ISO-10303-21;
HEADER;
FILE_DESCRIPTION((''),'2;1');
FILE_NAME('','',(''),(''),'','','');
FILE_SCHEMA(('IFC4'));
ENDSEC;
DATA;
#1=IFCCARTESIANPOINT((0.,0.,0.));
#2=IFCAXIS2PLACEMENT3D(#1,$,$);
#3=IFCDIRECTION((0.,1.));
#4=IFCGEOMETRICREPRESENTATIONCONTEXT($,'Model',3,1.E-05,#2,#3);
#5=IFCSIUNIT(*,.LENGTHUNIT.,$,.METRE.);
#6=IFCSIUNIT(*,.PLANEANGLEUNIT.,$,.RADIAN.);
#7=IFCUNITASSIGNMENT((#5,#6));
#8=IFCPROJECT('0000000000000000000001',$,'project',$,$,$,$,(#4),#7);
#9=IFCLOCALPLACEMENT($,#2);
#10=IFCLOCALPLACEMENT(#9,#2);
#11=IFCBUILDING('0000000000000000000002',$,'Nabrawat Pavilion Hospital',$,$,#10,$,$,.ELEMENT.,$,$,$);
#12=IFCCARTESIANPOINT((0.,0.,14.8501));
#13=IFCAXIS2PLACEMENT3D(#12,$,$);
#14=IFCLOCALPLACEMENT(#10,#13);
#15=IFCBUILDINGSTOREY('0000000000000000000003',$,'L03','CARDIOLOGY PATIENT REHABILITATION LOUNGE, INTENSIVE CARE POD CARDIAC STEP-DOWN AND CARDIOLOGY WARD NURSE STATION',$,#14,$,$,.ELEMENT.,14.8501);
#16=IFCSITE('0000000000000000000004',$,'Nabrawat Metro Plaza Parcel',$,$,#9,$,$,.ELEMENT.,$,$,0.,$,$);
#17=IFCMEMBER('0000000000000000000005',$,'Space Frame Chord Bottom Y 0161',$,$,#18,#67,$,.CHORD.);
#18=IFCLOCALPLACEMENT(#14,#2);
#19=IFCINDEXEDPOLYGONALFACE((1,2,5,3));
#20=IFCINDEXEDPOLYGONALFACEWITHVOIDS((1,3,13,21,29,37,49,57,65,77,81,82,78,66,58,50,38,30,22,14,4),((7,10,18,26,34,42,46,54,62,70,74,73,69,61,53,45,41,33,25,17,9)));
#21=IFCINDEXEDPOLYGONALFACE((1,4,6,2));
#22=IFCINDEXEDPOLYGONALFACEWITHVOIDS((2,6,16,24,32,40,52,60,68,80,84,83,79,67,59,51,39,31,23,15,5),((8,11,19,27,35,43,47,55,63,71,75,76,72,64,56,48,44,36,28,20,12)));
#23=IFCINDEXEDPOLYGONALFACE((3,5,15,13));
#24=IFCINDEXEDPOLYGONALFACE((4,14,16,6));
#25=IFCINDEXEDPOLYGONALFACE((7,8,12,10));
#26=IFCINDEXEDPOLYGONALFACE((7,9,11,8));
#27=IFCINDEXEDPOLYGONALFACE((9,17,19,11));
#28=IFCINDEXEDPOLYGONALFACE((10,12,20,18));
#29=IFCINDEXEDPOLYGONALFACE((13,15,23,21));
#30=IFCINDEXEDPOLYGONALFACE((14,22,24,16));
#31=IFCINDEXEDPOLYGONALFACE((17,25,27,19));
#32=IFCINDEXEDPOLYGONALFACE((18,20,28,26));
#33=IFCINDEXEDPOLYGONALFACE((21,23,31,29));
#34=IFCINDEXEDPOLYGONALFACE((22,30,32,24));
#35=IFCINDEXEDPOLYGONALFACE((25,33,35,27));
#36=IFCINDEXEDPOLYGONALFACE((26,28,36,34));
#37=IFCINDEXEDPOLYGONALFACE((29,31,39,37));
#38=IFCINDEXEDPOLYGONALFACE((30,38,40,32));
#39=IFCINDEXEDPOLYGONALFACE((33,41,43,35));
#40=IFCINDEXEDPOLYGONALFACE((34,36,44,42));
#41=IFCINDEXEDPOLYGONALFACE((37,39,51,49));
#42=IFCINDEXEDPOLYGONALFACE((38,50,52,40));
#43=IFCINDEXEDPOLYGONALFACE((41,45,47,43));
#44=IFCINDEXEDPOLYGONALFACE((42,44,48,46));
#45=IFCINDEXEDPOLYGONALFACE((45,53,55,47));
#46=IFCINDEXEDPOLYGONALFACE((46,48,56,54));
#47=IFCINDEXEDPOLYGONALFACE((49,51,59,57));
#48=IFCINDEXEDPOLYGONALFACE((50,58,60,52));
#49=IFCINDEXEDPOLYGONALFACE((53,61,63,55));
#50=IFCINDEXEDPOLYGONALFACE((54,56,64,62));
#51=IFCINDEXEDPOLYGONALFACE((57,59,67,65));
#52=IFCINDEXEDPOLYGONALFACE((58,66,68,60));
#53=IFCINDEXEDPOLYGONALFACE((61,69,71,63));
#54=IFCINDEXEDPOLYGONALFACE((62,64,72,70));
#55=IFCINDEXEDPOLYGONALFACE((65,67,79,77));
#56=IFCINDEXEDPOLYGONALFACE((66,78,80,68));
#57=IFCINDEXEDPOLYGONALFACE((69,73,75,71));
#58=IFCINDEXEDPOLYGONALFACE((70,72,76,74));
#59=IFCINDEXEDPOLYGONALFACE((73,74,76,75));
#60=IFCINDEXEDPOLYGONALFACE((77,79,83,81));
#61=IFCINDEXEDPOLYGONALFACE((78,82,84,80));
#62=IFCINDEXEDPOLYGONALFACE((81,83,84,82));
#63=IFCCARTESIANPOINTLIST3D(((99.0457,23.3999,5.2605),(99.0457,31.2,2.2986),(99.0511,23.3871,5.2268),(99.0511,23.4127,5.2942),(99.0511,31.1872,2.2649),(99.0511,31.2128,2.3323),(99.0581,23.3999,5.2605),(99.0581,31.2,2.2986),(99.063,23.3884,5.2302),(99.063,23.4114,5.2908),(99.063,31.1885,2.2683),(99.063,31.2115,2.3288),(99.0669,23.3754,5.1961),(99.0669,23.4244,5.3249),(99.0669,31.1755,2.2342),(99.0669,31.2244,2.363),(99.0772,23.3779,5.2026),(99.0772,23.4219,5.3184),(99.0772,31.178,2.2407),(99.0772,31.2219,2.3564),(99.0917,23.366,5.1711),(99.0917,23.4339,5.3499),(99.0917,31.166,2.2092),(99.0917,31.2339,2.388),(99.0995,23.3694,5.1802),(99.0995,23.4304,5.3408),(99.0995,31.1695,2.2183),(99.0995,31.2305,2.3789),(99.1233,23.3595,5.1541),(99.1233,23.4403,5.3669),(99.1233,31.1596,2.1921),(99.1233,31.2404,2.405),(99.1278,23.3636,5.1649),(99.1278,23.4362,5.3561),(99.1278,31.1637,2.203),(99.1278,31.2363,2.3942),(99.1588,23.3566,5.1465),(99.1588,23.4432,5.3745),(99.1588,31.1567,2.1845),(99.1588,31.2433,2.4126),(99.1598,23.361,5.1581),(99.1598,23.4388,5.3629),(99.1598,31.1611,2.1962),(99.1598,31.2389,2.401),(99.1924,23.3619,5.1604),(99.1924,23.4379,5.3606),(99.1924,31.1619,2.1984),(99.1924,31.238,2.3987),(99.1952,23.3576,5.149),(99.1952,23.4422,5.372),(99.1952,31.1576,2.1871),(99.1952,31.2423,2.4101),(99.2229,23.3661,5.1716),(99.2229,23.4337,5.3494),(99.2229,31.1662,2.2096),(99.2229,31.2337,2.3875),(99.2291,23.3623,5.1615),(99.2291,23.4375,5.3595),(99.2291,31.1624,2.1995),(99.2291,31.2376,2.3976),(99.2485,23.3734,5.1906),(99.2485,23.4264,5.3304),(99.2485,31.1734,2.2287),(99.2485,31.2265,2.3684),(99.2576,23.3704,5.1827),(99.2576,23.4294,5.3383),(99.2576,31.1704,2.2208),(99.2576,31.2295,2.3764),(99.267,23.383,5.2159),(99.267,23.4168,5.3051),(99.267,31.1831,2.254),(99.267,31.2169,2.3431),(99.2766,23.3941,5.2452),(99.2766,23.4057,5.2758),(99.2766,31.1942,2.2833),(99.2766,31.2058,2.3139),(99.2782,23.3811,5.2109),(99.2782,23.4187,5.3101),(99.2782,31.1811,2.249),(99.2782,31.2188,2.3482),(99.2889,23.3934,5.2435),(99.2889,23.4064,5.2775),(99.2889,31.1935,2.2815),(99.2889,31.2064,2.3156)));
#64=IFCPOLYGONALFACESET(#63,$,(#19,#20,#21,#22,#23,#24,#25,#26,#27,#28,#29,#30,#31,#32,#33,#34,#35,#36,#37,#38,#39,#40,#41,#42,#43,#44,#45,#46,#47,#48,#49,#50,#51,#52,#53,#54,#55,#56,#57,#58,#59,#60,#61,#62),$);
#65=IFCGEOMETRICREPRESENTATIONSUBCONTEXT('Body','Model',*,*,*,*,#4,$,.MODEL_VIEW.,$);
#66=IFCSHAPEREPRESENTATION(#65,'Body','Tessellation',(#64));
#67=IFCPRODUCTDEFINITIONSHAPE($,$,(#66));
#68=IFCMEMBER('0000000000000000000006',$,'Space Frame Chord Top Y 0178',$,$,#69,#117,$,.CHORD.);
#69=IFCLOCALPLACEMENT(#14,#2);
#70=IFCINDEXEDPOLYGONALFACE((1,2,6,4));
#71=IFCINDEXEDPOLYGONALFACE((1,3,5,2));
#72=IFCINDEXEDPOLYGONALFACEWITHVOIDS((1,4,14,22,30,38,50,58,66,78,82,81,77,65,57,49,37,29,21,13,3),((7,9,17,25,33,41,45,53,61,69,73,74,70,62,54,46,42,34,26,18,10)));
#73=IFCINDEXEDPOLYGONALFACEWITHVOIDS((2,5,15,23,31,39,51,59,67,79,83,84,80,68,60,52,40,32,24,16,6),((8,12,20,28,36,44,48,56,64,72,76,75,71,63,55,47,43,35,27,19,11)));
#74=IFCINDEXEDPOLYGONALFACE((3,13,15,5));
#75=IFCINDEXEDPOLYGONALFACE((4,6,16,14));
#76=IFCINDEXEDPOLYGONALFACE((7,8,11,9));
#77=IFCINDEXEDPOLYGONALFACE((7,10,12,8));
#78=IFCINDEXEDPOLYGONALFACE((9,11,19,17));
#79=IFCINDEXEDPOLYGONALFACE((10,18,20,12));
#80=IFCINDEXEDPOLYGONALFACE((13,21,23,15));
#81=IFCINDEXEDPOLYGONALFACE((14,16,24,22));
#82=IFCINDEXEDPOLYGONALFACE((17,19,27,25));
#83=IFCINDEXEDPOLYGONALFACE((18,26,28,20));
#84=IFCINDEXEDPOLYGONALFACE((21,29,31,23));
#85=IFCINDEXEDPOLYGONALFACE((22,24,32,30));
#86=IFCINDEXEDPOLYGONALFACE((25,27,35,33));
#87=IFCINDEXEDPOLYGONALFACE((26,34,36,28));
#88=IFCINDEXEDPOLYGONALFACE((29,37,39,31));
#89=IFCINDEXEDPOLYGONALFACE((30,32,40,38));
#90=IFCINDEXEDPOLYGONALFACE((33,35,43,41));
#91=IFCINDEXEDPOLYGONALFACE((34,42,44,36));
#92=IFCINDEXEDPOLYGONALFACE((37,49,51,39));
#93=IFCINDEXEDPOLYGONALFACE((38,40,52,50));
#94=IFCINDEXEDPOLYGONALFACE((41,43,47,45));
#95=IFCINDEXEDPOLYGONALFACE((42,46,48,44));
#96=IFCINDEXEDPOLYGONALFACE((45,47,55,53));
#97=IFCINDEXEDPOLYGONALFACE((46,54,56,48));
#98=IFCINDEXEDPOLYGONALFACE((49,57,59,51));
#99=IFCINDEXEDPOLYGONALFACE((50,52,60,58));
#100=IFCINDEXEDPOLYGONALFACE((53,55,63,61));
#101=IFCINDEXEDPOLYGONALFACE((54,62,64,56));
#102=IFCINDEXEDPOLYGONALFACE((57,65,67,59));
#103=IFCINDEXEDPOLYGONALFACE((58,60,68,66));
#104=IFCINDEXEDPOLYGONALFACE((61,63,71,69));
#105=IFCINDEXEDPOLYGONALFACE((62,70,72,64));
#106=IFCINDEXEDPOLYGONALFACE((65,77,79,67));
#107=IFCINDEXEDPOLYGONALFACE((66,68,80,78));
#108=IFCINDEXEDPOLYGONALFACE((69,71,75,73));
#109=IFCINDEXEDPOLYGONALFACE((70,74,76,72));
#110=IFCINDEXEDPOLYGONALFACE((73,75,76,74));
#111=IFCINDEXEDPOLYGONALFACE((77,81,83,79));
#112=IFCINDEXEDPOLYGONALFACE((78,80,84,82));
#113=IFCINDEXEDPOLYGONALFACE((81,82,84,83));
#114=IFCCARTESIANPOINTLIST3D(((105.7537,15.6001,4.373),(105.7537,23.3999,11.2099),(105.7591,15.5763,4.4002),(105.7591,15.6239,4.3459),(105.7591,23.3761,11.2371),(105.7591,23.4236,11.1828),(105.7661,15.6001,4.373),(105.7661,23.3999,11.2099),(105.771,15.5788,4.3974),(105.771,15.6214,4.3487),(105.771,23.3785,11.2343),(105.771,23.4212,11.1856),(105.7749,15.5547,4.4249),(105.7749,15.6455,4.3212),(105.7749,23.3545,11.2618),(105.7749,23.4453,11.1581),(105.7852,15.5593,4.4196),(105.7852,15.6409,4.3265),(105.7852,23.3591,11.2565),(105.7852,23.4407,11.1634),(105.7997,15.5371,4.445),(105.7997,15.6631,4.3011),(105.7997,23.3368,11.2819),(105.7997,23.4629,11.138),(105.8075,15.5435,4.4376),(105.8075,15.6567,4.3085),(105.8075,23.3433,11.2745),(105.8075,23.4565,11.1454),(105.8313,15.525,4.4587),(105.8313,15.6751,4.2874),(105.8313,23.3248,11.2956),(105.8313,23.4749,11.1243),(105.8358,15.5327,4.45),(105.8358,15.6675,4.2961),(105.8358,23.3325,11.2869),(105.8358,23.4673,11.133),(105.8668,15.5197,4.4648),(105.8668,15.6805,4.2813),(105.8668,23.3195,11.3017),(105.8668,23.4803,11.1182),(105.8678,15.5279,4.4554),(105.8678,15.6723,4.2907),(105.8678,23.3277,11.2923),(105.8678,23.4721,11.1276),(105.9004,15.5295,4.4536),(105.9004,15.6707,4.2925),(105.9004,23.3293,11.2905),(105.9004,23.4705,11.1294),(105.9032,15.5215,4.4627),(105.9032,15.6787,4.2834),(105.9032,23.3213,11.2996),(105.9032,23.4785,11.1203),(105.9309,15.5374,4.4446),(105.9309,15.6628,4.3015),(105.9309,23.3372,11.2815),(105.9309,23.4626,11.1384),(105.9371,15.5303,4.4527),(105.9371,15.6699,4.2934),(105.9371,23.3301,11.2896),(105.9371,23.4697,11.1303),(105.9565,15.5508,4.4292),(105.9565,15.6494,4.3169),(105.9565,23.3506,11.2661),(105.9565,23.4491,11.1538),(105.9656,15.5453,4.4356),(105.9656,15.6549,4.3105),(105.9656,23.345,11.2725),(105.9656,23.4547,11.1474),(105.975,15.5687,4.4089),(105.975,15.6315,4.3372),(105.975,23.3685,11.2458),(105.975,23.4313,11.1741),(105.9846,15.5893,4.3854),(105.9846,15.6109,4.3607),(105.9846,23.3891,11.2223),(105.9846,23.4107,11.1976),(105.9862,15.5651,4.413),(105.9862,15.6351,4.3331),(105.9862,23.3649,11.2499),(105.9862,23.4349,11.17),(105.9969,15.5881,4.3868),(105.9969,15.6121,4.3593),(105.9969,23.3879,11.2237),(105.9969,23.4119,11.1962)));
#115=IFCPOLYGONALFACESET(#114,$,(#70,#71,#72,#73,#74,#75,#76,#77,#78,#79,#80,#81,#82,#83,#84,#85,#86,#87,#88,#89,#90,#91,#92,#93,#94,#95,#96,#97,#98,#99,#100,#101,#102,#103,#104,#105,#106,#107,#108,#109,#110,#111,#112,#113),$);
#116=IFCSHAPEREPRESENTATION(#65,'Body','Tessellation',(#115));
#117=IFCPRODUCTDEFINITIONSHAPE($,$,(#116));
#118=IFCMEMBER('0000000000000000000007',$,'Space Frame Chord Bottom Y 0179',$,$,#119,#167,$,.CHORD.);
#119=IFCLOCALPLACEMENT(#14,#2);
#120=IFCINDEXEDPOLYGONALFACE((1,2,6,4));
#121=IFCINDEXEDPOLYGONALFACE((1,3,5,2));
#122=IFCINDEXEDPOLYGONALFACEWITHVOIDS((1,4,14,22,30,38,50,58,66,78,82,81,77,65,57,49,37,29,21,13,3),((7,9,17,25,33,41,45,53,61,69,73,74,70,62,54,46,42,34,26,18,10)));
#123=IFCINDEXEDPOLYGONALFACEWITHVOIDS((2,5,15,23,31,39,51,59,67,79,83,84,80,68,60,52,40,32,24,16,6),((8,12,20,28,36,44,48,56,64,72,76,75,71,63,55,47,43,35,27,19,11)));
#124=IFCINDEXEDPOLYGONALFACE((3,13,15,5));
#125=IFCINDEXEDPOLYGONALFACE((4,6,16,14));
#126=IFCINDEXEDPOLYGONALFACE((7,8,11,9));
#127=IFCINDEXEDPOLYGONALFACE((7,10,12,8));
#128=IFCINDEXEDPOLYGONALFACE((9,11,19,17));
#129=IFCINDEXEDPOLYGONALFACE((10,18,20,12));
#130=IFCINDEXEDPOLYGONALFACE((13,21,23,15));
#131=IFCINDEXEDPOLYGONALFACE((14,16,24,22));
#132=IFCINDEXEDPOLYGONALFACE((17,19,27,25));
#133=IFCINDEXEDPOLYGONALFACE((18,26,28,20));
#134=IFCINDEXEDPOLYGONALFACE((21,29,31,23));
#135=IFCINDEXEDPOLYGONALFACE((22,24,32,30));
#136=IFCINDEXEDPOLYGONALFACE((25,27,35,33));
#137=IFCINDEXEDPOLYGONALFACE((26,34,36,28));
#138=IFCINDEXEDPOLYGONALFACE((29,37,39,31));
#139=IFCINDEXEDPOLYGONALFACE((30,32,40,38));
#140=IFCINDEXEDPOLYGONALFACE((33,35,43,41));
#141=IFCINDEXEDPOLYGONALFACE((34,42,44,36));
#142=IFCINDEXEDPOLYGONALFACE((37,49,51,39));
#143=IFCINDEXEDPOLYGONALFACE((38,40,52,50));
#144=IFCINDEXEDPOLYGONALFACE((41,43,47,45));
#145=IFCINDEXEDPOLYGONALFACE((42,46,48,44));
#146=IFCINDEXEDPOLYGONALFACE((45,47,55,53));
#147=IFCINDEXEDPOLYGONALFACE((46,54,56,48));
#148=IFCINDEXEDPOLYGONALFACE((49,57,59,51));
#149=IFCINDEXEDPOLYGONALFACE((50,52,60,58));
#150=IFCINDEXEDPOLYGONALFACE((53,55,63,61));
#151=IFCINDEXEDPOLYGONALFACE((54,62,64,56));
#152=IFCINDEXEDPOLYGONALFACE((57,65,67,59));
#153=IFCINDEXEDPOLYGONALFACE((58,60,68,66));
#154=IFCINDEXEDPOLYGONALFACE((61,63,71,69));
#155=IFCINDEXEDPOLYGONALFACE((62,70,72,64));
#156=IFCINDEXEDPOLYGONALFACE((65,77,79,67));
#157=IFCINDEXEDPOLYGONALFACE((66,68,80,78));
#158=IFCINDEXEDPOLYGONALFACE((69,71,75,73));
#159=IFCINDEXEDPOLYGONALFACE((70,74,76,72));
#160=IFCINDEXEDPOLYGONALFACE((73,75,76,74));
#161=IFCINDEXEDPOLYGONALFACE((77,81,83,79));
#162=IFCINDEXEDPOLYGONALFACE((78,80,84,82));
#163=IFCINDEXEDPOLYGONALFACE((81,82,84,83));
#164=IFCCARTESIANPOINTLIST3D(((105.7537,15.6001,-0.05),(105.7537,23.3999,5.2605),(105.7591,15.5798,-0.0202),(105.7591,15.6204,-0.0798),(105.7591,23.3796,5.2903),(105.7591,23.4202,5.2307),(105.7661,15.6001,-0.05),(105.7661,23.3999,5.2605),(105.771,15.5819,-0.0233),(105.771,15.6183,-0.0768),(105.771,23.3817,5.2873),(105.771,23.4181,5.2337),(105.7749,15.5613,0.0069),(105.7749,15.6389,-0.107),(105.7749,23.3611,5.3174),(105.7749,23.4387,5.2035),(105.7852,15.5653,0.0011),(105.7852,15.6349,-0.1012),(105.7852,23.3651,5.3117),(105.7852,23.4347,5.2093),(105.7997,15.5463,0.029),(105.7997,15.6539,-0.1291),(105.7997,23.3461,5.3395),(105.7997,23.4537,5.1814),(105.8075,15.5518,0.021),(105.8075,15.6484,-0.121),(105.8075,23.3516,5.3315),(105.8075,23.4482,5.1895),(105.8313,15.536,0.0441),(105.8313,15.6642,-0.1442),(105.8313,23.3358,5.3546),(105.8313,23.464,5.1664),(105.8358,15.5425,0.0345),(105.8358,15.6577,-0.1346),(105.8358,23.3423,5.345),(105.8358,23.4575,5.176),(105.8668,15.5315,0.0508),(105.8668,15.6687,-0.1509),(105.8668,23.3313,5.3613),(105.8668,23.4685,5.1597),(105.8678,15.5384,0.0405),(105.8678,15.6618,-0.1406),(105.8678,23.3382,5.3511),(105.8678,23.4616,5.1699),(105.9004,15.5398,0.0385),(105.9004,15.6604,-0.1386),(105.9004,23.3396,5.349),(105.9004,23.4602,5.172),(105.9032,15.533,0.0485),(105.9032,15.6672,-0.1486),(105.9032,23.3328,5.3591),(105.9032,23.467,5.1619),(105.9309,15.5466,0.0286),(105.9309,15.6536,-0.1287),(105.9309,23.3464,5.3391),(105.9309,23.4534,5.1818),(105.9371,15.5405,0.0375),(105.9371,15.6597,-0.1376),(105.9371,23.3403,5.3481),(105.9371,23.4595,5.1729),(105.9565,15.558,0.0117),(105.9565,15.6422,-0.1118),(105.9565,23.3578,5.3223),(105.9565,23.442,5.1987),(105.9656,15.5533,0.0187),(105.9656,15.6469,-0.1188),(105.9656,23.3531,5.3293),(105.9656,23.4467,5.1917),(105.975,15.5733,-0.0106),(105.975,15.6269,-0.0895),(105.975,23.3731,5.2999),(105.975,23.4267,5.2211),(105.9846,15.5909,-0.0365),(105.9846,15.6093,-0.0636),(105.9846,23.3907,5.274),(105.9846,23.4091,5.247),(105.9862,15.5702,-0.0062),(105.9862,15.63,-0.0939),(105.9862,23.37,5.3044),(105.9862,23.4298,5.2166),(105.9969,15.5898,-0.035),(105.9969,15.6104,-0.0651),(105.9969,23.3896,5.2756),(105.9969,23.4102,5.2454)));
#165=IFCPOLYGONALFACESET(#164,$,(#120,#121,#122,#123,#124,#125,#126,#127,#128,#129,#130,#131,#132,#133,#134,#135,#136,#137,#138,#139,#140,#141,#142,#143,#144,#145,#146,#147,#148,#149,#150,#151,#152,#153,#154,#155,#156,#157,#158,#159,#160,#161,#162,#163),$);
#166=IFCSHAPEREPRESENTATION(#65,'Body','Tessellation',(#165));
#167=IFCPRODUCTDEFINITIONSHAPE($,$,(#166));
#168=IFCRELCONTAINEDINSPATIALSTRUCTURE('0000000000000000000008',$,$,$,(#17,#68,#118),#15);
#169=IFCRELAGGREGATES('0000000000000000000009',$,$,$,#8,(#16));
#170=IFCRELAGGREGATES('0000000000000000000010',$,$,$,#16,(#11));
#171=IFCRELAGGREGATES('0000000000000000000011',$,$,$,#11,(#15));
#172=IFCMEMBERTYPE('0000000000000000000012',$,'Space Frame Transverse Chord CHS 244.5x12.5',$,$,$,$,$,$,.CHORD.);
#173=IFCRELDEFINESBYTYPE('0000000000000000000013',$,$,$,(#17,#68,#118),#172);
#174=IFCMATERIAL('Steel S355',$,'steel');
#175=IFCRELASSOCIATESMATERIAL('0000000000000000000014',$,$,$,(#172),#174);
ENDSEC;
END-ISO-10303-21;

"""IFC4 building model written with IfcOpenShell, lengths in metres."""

from ifc_helpers import new_model, si_unit, direction, frame, origin, origin_2d, place, context, subcontext, project, spatial, hollow_circle, extrude, material, material_profile, profile_set, type_object, element, save


model = new_model("IFC4")

# Units and contexts
model_context = context("Model", 3, precision=1e-05, world=origin(), true_north=direction((0.0, 1.0)))
body_context = subcontext(model_context, "Body", "Model", "MODEL_VIEW")
ifc_project = project(units=[si_unit("LENGTHUNIT", "METRE"), si_unit("PLANEANGLEUNIT", "RADIAN")], contexts=[model_context])

# Site, building, storey
site_placement = place(None, origin())
site = spatial("IfcSite", under=ifc_project, at=site_placement, Name="Nabrawat Metro Plaza Parcel", CompositionType="ELEMENT", RefElevation=0.0)
building_placement = place(site_placement, origin())
building = spatial("IfcBuilding", under=site, at=building_placement, Name="Nabrawat Pavilion Hospital", CompositionType="ELEMENT")
storey_placement = place(building_placement, frame((0.0, 0.0, 14.8501)))
storey = spatial("IfcBuildingStorey", under=building, at=storey_placement, Name="L03", Description="CARDIOLOGY PATIENT REHABILITATION LOUNGE, INTENSIVE CARE POD CARDIAC STEP-DOWN AND CARDIOLOGY WARD NURSE STATION", CompositionType="ELEMENT", Elevation=14.8501)

# Shared definitions
ifc_material = material(Name="Steel S355", Category="steel")

# Members
ifc_material_profile_1 = material_profile(ifc_material, hollow_circle(Radius=0.1223, WallThickness=0.0125, at=origin_2d()), Name="CHS 244.5x12.5")
ifc_profile_set_1 = profile_set([ifc_material_profile_1], Name="Steel S355")
member_type_1 = type_object("IfcMemberType", Name="Space Frame Transverse Chord CHS 244.5x12.5", PredefinedType="CHORD", material=ifc_profile_set_1)
member_1_placement = place(storey_placement, frame((99.168, 23.3999, 5.2605), z_axis=(0.0, 0.934867, -0.354997), x_axis=(-1.0, 0.0, 0.0)))
element("IfcMember", 1, at=member_1_placement, inside=storey, type_object=member_type_1, Name="Space Frame Chord Bottom Y 0161", PredefinedType="CHORD", context=body_context, shape_type="SweptSolid", body=[
    extrude(hollow_circle(Radius=0.1223, WallThickness=0.0125, at=origin_2d()), origin(), (0.0, 0.0, 1.0), 8.3435),
])
member_2_placement = place(storey_placement, frame((105.876, 15.6001, 4.373), z_axis=(0.0, 0.751999, 0.659164), x_axis=(-1.0, 0.0, 0.0)))
element("IfcMember", 2, at=member_2_placement, inside=storey, type_object=member_type_1, Name="Space Frame Chord Top Y 0178", PredefinedType="CHORD", context=body_context, shape_type="SweptSolid", body=[
    extrude(hollow_circle(Radius=0.1223, WallThickness=0.0125, at=origin_2d()), origin(), (0.0, 0.0, 1.0), 10.3721),
])
member_3_placement = place(storey_placement, frame((105.876, 15.6001, -0.05), z_axis=(0.0, 0.826597, 0.562794), x_axis=(-1.0, 0.0, 0.0)))
element("IfcMember", 3, at=member_3_placement, inside=storey, type_object=member_type_1, Name="Space Frame Chord Bottom Y 0179", PredefinedType="CHORD", context=body_context, shape_type="SweptSolid", body=[
    extrude(hollow_circle(Radius=0.1223, WallThickness=0.0125, at=origin_2d()), origin(), (0.0, 0.0, 1.0), 9.436),
])

save(model, "model.ifc")
